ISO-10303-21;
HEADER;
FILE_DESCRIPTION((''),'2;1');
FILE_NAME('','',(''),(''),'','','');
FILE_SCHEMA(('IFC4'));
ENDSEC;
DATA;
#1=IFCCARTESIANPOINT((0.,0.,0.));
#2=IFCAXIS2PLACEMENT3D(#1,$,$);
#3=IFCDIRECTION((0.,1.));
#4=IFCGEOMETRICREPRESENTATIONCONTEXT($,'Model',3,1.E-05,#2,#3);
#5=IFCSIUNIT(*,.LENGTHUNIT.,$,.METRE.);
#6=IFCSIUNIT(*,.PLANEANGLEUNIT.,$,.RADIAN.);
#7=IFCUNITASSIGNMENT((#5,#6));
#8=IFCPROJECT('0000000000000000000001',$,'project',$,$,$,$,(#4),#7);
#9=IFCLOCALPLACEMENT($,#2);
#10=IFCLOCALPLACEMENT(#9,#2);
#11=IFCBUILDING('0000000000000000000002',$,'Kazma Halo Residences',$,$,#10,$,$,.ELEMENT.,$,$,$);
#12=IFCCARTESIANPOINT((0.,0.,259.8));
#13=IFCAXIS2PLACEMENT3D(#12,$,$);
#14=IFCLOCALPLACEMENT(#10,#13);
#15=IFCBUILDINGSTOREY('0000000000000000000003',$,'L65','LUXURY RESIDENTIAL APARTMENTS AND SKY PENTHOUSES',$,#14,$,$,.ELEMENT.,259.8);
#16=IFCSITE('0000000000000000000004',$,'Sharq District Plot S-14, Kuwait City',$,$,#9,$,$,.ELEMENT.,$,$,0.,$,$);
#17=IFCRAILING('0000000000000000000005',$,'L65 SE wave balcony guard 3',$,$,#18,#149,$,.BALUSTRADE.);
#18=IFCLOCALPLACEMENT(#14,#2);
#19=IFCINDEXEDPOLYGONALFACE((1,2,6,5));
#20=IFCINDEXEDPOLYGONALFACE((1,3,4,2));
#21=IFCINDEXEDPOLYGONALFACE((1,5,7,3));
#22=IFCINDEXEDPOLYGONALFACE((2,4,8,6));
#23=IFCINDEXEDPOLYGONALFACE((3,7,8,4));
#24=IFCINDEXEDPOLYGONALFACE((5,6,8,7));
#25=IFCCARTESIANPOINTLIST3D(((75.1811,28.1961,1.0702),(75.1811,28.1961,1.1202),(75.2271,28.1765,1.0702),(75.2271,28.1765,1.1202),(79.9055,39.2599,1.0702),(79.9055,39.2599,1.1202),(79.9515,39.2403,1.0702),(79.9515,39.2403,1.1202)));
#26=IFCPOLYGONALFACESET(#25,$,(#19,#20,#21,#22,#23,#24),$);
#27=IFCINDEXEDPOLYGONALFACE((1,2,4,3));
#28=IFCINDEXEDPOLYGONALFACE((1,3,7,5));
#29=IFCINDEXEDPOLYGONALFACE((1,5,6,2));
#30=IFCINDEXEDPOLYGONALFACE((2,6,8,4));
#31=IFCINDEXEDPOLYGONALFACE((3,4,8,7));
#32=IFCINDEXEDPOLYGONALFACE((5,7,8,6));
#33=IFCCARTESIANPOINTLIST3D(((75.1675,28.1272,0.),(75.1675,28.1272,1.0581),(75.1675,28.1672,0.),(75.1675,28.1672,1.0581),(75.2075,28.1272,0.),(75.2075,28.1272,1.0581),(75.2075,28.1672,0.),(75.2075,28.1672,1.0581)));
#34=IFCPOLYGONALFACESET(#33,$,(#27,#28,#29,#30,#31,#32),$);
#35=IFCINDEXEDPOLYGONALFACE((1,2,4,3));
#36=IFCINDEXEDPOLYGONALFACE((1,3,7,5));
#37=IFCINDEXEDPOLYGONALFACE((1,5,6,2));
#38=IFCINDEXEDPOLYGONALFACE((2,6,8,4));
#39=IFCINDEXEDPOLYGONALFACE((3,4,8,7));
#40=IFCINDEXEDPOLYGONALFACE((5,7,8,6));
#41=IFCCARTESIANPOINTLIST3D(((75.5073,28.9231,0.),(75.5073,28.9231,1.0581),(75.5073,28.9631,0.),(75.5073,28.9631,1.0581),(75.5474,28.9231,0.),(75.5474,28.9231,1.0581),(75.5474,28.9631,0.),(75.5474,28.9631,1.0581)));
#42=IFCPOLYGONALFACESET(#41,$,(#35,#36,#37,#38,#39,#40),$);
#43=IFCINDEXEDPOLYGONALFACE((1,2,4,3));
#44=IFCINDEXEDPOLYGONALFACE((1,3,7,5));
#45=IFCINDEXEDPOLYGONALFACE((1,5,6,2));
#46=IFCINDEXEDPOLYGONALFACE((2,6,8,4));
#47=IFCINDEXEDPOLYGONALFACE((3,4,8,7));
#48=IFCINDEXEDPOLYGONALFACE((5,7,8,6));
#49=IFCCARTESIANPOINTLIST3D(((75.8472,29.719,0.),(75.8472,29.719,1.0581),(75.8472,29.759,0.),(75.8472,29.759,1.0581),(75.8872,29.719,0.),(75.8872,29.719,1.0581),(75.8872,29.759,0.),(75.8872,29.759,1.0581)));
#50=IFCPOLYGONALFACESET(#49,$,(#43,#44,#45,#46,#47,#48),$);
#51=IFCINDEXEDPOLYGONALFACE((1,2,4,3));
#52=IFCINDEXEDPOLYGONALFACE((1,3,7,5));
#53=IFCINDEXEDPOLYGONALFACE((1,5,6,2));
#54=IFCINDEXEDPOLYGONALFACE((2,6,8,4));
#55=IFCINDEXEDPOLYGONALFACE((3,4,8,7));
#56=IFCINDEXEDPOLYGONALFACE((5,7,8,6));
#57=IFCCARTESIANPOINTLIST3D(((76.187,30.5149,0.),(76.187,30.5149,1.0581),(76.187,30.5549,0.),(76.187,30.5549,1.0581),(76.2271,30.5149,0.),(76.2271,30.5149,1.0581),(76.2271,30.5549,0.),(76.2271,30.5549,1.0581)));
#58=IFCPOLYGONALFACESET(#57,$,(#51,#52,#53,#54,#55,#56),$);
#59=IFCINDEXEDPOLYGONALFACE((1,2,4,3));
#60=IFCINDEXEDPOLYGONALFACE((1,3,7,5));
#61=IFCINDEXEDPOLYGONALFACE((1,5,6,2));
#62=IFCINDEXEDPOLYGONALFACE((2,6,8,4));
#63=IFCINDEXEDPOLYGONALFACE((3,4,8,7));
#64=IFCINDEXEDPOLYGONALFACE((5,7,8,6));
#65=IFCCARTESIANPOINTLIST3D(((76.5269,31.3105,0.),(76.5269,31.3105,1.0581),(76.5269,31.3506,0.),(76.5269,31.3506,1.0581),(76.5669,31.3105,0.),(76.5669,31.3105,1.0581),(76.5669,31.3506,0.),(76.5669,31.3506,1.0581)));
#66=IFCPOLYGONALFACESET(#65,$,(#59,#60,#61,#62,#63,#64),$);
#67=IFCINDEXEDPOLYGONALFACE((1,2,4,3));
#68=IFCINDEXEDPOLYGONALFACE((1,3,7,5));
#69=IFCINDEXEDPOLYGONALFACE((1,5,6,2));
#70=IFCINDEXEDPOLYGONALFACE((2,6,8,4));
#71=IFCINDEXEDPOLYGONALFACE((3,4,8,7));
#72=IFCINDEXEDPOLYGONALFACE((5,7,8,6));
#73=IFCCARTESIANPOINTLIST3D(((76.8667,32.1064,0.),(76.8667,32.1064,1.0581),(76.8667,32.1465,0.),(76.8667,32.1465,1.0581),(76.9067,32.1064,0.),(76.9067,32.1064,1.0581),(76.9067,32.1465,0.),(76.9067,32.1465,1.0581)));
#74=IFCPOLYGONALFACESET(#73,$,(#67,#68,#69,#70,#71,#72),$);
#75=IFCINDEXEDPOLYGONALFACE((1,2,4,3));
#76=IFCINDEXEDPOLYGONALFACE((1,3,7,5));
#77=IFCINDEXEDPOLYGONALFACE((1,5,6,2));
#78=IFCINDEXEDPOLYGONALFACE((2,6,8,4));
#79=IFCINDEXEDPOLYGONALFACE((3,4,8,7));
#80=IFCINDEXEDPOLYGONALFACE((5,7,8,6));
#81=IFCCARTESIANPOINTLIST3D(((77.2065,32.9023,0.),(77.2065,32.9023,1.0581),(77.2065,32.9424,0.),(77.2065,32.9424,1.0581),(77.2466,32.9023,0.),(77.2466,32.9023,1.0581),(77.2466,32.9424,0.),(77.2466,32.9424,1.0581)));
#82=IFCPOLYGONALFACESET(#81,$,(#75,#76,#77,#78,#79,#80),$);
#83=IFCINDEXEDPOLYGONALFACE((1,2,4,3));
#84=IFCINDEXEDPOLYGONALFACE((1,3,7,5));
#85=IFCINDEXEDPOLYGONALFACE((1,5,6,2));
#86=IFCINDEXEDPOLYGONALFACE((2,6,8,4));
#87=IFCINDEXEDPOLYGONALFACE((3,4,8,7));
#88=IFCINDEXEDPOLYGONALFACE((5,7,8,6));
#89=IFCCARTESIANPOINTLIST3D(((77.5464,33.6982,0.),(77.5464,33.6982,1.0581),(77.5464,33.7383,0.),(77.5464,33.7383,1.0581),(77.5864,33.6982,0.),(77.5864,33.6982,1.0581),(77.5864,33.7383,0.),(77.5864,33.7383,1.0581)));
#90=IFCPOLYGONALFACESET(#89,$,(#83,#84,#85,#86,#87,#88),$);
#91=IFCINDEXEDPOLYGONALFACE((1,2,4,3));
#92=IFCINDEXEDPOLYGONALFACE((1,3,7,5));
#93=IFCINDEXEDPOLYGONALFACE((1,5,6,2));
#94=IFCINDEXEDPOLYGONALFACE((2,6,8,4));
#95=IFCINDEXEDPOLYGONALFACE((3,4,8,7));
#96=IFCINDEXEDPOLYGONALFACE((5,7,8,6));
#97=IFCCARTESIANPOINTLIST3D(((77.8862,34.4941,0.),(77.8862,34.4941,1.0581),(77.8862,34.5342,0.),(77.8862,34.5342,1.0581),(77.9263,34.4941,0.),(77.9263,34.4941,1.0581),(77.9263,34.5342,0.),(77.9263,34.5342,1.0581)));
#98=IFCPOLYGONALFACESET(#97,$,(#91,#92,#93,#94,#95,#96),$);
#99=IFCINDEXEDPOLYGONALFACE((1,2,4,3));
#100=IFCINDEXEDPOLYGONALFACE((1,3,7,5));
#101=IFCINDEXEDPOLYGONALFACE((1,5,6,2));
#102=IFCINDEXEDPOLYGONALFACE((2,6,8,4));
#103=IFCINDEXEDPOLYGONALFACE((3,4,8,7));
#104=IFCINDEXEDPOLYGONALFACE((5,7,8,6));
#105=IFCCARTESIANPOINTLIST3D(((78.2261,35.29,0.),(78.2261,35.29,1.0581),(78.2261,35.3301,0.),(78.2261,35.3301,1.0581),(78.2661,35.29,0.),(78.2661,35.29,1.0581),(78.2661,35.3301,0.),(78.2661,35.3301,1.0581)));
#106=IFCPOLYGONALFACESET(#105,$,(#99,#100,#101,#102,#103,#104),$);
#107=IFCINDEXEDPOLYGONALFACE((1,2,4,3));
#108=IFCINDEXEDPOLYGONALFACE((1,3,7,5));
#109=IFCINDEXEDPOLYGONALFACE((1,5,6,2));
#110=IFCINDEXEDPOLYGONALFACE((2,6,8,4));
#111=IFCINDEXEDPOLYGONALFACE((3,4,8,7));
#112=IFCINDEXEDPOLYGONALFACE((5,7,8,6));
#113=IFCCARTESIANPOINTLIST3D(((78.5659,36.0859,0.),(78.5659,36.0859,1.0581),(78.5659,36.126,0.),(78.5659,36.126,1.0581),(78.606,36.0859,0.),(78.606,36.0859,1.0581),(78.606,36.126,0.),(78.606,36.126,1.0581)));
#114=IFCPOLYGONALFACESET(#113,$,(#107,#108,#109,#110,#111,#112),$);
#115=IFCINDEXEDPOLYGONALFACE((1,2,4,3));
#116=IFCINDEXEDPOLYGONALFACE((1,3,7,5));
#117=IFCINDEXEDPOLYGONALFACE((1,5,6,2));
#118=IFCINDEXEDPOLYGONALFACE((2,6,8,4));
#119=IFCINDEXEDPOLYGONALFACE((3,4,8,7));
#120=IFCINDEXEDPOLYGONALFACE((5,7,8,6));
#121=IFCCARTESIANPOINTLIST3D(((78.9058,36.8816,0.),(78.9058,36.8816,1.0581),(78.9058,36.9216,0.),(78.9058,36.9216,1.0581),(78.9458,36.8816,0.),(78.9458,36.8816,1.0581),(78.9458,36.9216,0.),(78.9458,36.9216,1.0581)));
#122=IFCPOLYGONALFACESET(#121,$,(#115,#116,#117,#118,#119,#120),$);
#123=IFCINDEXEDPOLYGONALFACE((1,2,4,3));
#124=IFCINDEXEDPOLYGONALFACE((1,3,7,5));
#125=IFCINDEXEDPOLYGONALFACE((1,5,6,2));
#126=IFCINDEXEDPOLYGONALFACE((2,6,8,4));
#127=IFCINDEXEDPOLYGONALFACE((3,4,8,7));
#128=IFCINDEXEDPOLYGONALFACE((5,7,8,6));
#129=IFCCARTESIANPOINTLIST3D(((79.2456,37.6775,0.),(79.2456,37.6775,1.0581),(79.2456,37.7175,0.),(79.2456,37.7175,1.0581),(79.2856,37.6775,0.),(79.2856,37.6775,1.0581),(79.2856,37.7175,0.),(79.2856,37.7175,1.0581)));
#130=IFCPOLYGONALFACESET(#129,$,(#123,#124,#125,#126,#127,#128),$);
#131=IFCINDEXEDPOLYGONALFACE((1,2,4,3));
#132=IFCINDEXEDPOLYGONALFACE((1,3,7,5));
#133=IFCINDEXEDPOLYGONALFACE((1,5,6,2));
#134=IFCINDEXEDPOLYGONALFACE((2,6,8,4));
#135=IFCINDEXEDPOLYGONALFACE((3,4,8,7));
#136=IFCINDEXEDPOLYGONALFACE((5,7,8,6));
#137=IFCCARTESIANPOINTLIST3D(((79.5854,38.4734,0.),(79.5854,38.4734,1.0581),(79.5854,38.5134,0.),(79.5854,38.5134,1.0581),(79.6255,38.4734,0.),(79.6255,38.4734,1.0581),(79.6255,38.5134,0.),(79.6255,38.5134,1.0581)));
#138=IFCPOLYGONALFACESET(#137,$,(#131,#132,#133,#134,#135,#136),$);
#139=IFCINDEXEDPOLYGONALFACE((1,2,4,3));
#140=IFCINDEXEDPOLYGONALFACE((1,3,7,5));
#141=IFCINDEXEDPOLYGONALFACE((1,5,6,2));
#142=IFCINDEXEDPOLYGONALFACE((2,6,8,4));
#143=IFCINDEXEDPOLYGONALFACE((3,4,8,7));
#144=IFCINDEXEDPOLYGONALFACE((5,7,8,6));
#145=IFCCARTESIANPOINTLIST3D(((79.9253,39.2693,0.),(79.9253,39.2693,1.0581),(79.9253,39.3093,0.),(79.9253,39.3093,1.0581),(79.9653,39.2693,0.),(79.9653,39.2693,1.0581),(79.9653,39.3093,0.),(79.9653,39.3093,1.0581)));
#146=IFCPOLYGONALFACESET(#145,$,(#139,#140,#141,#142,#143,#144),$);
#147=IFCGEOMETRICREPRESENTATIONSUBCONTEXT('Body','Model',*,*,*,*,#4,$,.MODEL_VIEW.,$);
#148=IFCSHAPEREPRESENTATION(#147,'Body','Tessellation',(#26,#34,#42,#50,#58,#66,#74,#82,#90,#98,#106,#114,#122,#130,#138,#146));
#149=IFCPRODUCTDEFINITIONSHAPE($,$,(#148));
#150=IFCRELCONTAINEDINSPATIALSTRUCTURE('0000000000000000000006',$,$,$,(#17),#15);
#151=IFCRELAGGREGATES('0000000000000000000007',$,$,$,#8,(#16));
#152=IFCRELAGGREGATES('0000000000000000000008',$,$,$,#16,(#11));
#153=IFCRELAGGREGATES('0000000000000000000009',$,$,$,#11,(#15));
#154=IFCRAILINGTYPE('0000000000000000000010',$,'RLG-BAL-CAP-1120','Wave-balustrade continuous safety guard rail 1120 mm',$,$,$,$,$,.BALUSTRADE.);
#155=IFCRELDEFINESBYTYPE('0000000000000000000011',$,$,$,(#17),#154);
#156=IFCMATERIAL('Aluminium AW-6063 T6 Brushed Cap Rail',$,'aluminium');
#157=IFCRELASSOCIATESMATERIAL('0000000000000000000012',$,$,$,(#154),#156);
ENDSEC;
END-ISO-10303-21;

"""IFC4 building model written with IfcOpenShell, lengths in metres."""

from ifc_helpers import new_model, si_unit, direction, frame, origin, origin_2d, place, context, subcontext, project, spatial, rectangle, extrude, material, type_object, element, save


model = new_model("IFC4")

# Units and contexts
model_context = context("Model", 3, precision=1e-05, world=origin(), true_north=direction((0.0, 1.0)))
body_context = subcontext(model_context, "Body", "Model", "MODEL_VIEW")
ifc_project = project(units=[si_unit("LENGTHUNIT", "METRE"), si_unit("PLANEANGLEUNIT", "RADIAN")], contexts=[model_context])

# Site, building, storey
site_placement = place(None, origin())
site = spatial("IfcSite", under=ifc_project, at=site_placement, Name="Sharq District Plot S-14, Kuwait City", CompositionType="ELEMENT", RefElevation=0.0)
building_placement = place(site_placement, origin())
building = spatial("IfcBuilding", under=site, at=building_placement, Name="Kazma Halo Residences", CompositionType="ELEMENT")
storey_placement = place(building_placement, frame((0.0, 0.0, 259.8)))
storey = spatial("IfcBuildingStorey", under=building, at=storey_placement, Name="L65", Description="LUXURY RESIDENTIAL APARTMENTS AND SKY PENTHOUSES", CompositionType="ELEMENT", Elevation=259.8)

# Railing
ifc_material_1 = material(Name="Aluminium AW-6063 T6 Brushed Cap Rail", Category="aluminium")
railing_type = type_object("IfcRailingType", Name="RLG-BAL-CAP-1120", Description="Wave-balustrade continuous safety guard rail 1120 mm", PredefinedType="BALUSTRADE", material=ifc_material_1)
railing_1_placement = place(storey_placement, frame((75.1875, 28.1472, 0.0)))
element("IfcRailing", 1, at=railing_1_placement, inside=storey, type_object=railing_type, Name="L65 SE wave balcony guard 3", PredefinedType="BALUSTRADE", context=body_context, shape_type="SweptSolid", body=[
    extrude(rectangle(XDim=0.05, YDim=0.05, at=origin_2d()), frame((0.0166, 0.0391, 1.0952), z_axis=(0.392708, 0.919663, 0.0), x_axis=(-0.919663, 0.392708, 0.0)), (0.0, 0.0, 1.0), 12.0303),
    extrude(rectangle(XDim=0.04, YDim=0.04, at=origin_2d()), origin(), (0.0, 0.0, 1.0), 1.0581),
    extrude(rectangle(XDim=0.04, YDim=0.04, at=origin_2d()), frame((0.3398, 0.7959, 0.0)), (0.0, 0.0, 1.0), 1.0581),
    extrude(rectangle(XDim=0.04, YDim=0.04, at=origin_2d()), frame((0.6797, 1.5918, 0.0)), (0.0, 0.0, 1.0), 1.0581),
    extrude(rectangle(XDim=0.04, YDim=0.04, at=origin_2d()), frame((1.0195, 2.3877, 0.0)), (0.0, 0.0, 1.0), 1.0581),
    extrude(rectangle(XDim=0.04, YDim=0.04, at=origin_2d()), frame((1.3594, 3.1833, 0.0)), (0.0, 0.0, 1.0), 1.0581),
    extrude(rectangle(XDim=0.04, YDim=0.04, at=origin_2d()), frame((1.6992, 3.9792, 0.0)), (0.0, 0.0, 1.0), 1.0581),
    extrude(rectangle(XDim=0.04, YDim=0.04, at=origin_2d()), frame((2.0391, 4.7751, 0.0)), (0.0, 0.0, 1.0), 1.0581),
    extrude(rectangle(XDim=0.04, YDim=0.04, at=origin_2d()), frame((2.3789, 5.571, 0.0)), (0.0, 0.0, 1.0), 1.0581),
    extrude(rectangle(XDim=0.04, YDim=0.04, at=origin_2d()), frame((2.7188, 6.3669, 0.0)), (0.0, 0.0, 1.0), 1.0581),
    extrude(rectangle(XDim=0.04, YDim=0.04, at=origin_2d()), frame((3.0586, 7.1628, 0.0)), (0.0, 0.0, 1.0), 1.0581),
    extrude(rectangle(XDim=0.04, YDim=0.04, at=origin_2d()), frame((3.3984, 7.9587, 0.0)), (0.0, 0.0, 1.0), 1.0581),
    extrude(rectangle(XDim=0.04, YDim=0.04, at=origin_2d()), frame((3.7383, 8.7544, 0.0)), (0.0, 0.0, 1.0), 1.0581),
    extrude(rectangle(XDim=0.04, YDim=0.04, at=origin_2d()), frame((4.0781, 9.5503, 0.0)), (0.0, 0.0, 1.0), 1.0581),
    extrude(rectangle(XDim=0.04, YDim=0.04, at=origin_2d()), frame((4.418, 10.3462, 0.0)), (0.0, 0.0, 1.0), 1.0581),
    extrude(rectangle(XDim=0.04, YDim=0.04, at=origin_2d()), frame((4.7578, 11.1421, 0.0)), (0.0, 0.0, 1.0), 1.0581),
])

save(model, "model.ifc")
